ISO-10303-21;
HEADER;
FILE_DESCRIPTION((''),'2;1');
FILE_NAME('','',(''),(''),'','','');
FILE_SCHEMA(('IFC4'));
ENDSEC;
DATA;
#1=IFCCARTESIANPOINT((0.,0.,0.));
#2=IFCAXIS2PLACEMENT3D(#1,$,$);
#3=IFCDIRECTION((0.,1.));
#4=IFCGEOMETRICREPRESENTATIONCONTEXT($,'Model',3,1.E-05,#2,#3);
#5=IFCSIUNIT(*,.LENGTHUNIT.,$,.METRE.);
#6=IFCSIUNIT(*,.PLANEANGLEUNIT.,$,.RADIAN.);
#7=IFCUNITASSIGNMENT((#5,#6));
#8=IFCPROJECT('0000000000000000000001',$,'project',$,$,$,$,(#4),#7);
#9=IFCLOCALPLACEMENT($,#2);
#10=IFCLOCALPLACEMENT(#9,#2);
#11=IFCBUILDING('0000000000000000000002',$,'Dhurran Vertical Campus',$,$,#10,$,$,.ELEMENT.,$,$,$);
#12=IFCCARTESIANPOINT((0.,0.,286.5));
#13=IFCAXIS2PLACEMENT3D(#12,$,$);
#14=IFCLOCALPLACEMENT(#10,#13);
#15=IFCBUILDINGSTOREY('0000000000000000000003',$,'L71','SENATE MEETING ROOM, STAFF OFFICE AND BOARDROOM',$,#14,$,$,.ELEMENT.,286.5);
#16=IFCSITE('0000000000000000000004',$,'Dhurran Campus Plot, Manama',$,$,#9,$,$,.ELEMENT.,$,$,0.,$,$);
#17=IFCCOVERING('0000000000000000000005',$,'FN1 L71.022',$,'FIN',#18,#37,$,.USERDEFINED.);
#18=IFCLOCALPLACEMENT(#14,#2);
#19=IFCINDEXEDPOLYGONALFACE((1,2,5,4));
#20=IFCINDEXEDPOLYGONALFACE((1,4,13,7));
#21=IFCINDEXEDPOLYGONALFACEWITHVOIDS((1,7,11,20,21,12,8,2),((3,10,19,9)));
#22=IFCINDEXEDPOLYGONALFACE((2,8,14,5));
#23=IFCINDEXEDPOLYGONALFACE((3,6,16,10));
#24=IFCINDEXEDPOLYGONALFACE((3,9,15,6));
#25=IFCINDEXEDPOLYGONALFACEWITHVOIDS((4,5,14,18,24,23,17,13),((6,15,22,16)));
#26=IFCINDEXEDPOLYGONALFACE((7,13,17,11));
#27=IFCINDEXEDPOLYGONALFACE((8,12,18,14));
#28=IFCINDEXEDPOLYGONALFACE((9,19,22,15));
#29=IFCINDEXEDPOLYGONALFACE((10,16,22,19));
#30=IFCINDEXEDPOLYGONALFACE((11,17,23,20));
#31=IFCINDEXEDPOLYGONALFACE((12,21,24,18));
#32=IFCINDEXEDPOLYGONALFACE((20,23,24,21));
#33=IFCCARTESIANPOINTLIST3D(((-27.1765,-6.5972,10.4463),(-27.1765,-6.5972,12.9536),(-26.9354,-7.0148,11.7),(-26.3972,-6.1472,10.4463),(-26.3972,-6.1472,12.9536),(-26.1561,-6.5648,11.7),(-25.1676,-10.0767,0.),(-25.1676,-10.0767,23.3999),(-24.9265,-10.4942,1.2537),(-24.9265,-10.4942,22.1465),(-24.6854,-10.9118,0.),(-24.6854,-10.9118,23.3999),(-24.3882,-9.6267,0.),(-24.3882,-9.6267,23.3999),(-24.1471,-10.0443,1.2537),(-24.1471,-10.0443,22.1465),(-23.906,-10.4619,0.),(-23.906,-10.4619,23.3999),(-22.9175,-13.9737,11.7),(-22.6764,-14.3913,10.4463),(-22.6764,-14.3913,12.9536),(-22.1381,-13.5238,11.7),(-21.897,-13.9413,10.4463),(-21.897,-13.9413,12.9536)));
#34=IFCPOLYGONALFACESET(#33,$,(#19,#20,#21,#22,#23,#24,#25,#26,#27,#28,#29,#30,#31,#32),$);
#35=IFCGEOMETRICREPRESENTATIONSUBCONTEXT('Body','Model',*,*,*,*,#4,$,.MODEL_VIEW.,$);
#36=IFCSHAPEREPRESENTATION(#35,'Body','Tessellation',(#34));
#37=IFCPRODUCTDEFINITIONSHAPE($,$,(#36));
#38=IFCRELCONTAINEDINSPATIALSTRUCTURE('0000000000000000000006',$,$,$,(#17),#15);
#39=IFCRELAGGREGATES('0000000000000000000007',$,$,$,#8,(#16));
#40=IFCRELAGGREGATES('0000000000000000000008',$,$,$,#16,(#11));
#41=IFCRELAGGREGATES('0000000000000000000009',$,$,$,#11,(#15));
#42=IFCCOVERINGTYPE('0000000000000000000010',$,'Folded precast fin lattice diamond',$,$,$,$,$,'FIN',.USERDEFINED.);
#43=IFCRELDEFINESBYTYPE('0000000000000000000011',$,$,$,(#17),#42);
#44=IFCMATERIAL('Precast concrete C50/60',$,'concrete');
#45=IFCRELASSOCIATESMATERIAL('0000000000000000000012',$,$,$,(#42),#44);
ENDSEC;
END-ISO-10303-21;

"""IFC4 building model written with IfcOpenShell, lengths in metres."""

from ifc_helpers import new_model, si_unit, direction, frame, origin, place, context, subcontext, project, spatial, polyline, outline, extrude, material, type_object, element, save


model = new_model("IFC4")

# Units and contexts
model_context = context("Model", 3, precision=1e-05, world=origin(), true_north=direction((0.0, 1.0)))
body_context = subcontext(model_context, "Body", "Model", "MODEL_VIEW")
ifc_project = project(units=[si_unit("LENGTHUNIT", "METRE"), si_unit("PLANEANGLEUNIT", "RADIAN")], contexts=[model_context])

# Site, building, storey
site_placement = place(None, origin())
site = spatial("IfcSite", under=ifc_project, at=site_placement, Name="Dhurran Campus Plot, Manama", CompositionType="ELEMENT", RefElevation=0.0)
building_placement = place(site_placement, origin())
building = spatial("IfcBuilding", under=site, at=building_placement, Name="Dhurran Vertical Campus", CompositionType="ELEMENT")
storey_placement = place(building_placement, frame((0.0, 0.0, 286.5)))
storey = spatial("IfcBuildingStorey", under=building, at=storey_placement, Name="L71", Description="SENATE MEETING ROOM, STAFF OFFICE AND BOARDROOM", CompositionType="ELEMENT", Elevation=286.5)

# Covering
ifc_material_1 = material(Name="Precast concrete C50/60", Category="concrete")
covering_type = type_object("IfcCoveringType", Name="Folded precast fin lattice diamond", ElementType="FIN", PredefinedType="USERDEFINED", material=ifc_material_1)
covering_1_placement = place(storey_placement, frame((-26.3972, -6.1472, 0.0), z_axis=(-0.866014, -0.50002, 0.0), x_axis=(0.50002, -0.866014, 0.0)))
element("IfcCovering", 1, at=covering_1_placement, inside=storey, type_object=covering_type, Name="FN1 L71.022", ObjectType="FIN", PredefinedType="USERDEFINED", context=body_context, shape_type="SweptSolid", body=[
    extrude(outline(polyline([(9.0, 12.9536), (9.0, 10.4463), (4.9822, 0.0), (4.0178, 0.0), (0.0, 10.4463), (0.0, 12.9536), (4.0178, 23.3999), (4.9822, 23.3999), (9.0, 12.9536)]), holes=[polyline([(8.5178, 11.7), (4.5, 22.1465), (0.4822, 11.7), (4.5, 1.2537), (8.5178, 11.7)])]), origin(), (0.0, 0.0, 1.0), 0.8999),
])

save(model, "model.ifc")
